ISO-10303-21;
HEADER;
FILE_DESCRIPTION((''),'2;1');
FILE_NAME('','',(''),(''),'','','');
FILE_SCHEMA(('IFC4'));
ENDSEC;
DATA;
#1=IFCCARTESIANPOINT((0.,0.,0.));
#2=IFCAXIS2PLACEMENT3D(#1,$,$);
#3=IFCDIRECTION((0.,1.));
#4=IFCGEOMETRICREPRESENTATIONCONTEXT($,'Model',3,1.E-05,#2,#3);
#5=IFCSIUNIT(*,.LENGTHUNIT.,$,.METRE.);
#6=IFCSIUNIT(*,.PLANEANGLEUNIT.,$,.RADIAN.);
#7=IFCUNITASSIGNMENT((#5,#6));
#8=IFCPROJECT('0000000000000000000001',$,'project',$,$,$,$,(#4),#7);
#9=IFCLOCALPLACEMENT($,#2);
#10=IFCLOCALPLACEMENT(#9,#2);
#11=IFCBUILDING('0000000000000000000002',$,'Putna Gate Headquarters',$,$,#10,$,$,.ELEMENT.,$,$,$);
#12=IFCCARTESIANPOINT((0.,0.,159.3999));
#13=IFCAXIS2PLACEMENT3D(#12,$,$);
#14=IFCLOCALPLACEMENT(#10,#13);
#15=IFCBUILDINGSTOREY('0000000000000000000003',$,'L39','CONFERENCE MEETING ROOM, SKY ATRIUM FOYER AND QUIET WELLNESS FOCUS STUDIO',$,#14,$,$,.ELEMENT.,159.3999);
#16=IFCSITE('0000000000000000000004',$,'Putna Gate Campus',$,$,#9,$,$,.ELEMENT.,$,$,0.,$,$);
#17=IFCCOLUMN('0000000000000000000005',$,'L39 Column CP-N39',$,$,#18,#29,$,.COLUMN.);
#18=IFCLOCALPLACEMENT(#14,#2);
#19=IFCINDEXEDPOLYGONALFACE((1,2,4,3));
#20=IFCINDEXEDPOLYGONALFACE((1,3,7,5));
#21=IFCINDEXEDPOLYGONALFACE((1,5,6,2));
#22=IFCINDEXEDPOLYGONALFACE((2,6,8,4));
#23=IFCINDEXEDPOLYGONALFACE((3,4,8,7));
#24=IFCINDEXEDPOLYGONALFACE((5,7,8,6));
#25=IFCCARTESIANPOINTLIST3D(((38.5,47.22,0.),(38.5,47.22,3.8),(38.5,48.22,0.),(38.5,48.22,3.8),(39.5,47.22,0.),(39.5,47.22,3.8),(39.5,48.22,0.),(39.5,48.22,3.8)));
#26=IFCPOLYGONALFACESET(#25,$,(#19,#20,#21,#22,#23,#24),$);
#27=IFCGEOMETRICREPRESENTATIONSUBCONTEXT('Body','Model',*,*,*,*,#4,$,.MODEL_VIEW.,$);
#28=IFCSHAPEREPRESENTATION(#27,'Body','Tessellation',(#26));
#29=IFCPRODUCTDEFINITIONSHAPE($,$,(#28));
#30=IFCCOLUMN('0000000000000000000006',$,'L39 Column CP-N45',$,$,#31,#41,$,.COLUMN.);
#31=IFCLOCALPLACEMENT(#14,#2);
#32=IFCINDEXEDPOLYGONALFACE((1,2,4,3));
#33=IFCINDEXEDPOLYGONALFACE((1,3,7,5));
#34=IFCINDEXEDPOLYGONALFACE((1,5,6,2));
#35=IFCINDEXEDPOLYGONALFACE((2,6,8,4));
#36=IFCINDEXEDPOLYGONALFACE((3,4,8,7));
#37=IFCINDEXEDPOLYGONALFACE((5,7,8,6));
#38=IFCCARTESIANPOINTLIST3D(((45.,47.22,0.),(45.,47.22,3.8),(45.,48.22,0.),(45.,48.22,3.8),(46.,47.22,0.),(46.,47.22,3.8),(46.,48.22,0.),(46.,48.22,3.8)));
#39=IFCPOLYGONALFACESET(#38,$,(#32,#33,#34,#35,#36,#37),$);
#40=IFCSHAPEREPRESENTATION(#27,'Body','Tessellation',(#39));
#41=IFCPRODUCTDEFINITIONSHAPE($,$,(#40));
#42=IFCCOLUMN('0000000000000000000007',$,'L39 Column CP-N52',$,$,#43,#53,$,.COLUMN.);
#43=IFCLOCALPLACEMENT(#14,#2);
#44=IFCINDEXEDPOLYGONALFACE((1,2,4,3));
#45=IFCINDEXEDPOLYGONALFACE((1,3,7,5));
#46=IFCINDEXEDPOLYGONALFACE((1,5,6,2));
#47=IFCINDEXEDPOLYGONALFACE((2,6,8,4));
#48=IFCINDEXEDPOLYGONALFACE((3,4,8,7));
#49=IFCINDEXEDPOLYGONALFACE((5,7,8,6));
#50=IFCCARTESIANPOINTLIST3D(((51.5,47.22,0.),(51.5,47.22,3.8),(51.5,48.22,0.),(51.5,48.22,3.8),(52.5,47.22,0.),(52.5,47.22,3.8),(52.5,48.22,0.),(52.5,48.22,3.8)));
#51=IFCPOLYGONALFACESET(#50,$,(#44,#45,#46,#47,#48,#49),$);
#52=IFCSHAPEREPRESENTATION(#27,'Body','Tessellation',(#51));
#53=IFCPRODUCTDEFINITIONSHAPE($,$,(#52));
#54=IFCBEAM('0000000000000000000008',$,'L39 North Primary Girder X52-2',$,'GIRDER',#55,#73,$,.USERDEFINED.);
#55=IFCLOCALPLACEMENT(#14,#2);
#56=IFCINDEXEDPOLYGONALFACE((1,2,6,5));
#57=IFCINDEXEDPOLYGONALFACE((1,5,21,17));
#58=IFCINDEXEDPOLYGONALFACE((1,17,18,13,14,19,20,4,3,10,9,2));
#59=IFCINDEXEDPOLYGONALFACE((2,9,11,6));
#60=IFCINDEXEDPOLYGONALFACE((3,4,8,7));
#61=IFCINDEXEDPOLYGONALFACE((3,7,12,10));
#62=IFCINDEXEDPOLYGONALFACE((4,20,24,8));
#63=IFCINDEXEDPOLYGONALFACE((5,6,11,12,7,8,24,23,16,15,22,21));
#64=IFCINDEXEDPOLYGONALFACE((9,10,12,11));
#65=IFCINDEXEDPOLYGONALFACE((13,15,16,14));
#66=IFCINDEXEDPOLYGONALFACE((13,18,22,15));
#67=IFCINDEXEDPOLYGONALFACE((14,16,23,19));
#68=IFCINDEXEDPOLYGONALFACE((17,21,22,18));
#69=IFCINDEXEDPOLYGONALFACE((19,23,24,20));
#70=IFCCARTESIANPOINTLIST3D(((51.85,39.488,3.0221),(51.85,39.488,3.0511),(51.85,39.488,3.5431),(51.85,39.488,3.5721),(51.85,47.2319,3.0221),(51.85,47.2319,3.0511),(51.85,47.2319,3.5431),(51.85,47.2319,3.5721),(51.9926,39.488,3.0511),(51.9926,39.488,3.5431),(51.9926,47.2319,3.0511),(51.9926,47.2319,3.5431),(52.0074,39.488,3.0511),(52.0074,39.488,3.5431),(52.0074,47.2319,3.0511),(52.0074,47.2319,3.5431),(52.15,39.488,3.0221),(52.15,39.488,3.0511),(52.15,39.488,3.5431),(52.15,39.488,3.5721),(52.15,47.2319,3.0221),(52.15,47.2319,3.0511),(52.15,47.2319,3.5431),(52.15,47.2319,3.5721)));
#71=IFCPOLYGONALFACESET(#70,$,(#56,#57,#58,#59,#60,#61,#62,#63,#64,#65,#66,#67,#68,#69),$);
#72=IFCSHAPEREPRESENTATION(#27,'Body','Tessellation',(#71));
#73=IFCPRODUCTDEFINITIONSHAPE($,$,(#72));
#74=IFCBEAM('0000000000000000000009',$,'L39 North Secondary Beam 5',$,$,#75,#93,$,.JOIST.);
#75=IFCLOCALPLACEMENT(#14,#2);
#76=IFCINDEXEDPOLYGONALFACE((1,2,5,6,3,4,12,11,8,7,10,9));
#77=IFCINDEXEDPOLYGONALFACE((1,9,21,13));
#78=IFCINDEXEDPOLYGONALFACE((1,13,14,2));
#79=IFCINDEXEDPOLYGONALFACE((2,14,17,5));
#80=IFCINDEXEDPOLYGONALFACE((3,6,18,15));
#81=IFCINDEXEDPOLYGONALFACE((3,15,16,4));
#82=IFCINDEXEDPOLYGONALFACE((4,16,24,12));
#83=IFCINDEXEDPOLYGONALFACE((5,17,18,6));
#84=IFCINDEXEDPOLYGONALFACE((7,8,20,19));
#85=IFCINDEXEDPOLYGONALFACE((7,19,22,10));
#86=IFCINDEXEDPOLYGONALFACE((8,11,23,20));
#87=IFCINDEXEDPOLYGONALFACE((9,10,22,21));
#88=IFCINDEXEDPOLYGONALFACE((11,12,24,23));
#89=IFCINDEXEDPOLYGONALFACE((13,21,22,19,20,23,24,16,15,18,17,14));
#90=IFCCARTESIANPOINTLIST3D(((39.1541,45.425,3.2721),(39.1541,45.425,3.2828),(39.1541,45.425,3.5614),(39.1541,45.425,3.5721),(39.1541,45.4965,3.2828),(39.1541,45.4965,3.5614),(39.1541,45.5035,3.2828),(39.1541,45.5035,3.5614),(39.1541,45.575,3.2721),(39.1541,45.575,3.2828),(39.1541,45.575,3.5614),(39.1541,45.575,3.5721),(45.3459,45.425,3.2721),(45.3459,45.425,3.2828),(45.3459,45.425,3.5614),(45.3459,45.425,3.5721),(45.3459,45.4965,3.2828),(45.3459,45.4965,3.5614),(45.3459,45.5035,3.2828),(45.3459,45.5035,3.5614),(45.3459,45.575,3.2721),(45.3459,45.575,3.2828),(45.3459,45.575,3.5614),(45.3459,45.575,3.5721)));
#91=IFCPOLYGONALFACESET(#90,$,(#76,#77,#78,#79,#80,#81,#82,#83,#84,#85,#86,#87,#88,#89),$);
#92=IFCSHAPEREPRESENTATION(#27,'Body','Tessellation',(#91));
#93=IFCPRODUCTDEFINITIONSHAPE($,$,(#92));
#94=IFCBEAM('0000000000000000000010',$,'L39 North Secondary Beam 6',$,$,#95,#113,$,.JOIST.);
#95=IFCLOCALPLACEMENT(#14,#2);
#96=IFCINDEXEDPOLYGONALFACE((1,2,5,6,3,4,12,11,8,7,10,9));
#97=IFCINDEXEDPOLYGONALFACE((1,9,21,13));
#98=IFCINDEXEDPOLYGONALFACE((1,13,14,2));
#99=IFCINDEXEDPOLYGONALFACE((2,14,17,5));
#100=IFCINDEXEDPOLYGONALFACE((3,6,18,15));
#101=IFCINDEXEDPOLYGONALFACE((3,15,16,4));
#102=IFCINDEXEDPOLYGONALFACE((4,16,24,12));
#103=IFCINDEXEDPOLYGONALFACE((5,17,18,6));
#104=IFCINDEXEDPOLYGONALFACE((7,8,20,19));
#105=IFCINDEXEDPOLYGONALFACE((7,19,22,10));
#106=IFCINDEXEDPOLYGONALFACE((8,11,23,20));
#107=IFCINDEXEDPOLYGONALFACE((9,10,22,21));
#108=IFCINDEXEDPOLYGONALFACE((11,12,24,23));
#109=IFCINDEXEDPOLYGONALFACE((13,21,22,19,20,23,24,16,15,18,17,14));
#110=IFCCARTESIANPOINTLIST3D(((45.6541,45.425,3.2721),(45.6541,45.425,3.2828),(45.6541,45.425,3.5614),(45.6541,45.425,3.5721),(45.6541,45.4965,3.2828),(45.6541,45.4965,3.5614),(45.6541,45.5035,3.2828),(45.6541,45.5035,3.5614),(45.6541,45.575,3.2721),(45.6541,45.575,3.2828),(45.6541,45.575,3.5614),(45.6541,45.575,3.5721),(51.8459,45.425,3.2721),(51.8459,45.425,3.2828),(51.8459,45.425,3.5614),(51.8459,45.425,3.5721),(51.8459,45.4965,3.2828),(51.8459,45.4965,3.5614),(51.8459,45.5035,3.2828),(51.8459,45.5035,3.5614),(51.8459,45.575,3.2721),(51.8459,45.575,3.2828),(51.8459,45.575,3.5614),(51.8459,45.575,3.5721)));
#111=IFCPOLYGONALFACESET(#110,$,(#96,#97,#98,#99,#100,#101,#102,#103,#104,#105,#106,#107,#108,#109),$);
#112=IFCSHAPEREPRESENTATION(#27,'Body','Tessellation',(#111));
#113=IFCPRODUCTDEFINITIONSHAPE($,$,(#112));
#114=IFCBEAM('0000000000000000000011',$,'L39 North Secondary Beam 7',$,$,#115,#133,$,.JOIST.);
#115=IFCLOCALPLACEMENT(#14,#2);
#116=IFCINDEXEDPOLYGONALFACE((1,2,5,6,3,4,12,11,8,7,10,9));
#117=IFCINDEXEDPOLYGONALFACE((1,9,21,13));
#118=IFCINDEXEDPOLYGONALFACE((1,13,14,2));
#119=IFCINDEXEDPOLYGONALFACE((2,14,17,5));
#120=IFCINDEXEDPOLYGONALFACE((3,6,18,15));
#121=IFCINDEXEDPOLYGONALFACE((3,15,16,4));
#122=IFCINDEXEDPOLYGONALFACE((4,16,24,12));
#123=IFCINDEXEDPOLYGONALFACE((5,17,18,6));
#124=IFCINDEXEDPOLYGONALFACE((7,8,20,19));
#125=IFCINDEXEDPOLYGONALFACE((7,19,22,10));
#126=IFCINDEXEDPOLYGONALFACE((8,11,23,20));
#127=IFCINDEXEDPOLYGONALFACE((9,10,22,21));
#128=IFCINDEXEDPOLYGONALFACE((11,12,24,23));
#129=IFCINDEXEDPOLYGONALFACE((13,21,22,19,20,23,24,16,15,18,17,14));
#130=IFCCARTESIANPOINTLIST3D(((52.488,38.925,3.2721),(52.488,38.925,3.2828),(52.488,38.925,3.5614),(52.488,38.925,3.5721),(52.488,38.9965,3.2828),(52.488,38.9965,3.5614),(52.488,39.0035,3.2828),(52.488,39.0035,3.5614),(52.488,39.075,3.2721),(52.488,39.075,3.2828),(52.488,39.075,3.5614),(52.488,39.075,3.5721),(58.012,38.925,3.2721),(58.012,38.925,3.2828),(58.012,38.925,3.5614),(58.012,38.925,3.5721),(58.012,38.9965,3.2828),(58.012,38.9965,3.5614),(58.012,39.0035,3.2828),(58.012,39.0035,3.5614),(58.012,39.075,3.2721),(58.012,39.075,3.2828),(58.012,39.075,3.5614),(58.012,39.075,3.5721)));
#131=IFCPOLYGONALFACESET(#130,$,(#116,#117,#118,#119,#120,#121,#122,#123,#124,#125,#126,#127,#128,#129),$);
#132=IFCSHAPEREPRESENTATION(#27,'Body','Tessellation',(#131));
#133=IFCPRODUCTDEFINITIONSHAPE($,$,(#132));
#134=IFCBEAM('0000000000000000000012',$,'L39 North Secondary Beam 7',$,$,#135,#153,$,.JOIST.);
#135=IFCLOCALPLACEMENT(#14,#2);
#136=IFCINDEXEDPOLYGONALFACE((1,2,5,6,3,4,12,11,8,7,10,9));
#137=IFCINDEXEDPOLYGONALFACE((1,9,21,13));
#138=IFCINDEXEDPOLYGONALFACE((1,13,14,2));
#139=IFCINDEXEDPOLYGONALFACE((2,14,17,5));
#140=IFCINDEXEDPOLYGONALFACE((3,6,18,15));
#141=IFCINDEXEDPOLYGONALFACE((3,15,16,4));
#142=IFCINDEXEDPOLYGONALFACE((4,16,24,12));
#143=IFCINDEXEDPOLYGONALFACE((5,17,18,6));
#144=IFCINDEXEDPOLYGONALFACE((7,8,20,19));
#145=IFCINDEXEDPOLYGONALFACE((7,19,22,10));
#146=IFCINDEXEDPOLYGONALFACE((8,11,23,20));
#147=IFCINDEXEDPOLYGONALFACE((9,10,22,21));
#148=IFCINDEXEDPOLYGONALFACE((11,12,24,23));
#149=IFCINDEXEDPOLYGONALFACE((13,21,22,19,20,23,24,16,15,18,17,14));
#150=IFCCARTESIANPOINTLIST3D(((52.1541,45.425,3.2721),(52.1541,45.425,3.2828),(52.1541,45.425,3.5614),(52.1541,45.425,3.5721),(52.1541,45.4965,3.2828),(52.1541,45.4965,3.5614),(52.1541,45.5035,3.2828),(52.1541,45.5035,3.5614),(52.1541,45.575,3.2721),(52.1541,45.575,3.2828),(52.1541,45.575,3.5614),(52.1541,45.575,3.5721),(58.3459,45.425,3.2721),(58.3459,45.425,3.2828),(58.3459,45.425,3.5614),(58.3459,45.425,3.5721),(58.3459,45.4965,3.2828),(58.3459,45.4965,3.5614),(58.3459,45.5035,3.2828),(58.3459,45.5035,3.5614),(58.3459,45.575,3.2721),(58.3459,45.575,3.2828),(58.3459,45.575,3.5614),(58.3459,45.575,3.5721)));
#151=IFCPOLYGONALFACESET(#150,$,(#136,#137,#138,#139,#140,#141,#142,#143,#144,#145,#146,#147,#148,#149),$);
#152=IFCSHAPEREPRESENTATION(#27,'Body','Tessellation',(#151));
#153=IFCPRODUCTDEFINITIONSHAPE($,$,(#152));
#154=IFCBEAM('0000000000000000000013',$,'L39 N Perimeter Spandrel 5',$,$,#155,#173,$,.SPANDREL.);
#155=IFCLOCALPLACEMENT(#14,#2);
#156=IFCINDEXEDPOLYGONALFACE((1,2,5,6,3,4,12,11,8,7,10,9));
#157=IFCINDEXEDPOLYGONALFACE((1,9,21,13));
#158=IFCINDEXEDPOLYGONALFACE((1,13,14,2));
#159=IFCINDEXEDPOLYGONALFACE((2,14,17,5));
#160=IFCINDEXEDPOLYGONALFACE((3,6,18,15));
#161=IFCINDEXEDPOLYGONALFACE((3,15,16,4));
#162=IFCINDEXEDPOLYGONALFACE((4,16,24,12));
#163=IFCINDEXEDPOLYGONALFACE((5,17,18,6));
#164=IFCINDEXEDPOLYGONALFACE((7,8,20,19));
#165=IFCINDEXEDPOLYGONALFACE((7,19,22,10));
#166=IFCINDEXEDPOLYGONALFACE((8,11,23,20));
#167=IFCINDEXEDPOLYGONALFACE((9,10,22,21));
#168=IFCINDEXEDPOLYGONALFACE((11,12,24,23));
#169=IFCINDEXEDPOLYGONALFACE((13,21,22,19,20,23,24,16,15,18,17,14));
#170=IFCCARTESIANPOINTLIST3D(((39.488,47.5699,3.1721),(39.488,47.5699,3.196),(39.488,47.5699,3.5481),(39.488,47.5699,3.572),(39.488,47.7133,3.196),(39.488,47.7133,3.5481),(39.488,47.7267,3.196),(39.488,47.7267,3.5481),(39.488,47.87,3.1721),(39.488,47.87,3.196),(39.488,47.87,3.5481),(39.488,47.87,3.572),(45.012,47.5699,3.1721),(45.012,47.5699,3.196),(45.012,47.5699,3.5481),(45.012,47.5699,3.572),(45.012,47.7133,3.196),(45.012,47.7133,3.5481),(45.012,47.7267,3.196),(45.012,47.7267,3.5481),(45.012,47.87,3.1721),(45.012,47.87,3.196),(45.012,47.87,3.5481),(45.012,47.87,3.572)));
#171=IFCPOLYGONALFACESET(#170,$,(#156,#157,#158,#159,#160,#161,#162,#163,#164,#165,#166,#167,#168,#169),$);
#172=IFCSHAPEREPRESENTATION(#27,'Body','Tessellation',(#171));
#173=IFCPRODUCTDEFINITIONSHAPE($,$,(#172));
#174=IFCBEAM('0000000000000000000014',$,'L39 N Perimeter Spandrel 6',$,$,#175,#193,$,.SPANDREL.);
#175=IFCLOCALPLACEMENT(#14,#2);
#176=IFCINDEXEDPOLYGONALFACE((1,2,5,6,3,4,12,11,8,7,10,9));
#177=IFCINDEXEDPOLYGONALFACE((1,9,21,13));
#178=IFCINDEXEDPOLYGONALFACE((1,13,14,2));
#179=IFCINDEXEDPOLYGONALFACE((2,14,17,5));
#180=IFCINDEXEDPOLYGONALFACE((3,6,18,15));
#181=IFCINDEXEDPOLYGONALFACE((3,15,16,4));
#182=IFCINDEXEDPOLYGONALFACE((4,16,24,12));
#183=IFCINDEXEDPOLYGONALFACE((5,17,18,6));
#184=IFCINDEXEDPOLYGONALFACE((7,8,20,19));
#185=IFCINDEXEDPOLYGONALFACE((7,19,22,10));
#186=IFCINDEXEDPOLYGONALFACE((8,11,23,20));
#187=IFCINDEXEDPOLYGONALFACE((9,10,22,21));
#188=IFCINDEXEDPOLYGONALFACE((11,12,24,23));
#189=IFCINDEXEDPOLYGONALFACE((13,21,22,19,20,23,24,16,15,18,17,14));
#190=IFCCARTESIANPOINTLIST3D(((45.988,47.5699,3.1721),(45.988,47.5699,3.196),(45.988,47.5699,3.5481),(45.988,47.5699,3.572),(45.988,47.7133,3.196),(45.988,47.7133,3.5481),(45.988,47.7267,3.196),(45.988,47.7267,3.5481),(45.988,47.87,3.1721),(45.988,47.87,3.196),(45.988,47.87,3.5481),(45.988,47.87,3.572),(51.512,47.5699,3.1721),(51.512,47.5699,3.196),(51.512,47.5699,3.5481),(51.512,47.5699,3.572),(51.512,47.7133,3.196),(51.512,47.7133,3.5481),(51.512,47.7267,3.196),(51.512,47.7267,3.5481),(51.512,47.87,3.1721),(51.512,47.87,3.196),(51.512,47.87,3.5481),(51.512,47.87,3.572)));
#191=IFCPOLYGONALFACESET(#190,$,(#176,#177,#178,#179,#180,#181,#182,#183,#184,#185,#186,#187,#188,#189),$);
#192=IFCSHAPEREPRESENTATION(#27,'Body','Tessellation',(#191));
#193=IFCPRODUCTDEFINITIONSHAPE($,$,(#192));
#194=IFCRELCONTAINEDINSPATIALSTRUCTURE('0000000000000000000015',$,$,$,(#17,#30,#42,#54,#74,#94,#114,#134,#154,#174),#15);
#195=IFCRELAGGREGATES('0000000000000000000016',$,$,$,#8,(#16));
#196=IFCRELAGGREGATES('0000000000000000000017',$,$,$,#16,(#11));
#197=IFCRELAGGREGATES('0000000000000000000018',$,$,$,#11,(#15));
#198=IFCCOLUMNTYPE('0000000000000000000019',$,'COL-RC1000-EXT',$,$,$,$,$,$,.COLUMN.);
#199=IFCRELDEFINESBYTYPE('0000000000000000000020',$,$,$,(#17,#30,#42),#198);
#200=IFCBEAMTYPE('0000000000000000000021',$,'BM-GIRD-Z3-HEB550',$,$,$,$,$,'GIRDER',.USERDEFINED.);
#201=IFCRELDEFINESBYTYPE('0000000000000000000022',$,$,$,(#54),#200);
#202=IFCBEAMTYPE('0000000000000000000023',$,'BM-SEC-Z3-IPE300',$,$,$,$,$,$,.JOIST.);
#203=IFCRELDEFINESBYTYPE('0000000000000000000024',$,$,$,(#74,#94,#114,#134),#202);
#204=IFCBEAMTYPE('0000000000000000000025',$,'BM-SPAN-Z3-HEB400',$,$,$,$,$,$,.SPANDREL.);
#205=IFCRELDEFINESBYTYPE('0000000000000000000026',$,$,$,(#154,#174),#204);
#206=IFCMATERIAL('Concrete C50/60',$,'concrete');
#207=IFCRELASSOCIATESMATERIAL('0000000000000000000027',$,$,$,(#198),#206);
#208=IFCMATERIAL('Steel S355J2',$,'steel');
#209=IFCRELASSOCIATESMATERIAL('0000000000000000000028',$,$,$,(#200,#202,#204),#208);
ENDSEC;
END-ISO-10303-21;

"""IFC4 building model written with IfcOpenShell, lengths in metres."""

from ifc_helpers import new_model, si_unit, direction, frame, origin, origin_2d, place, context, subcontext, project, spatial, rectangle, i_section, extrude, material, material_profile, profile_set, type_object, element, save


model = new_model("IFC4")

# Units and contexts
model_context = context("Model", 3, precision=1e-05, world=origin(), true_north=direction((0.0, 1.0)))
body_context = subcontext(model_context, "Body", "Model", "MODEL_VIEW")
ifc_project = project(units=[si_unit("LENGTHUNIT", "METRE"), si_unit("PLANEANGLEUNIT", "RADIAN")], contexts=[model_context])

# Site, building, storey
site_placement = place(None, origin())
site = spatial("IfcSite", under=ifc_project, at=site_placement, Name="Putna Gate Campus", CompositionType="ELEMENT", RefElevation=0.0)
building_placement = place(site_placement, origin())
building = spatial("IfcBuilding", under=site, at=building_placement, Name="Putna Gate Headquarters", CompositionType="ELEMENT")
storey_placement = place(building_placement, frame((0.0, 0.0, 159.3999)))
storey = spatial("IfcBuildingStorey", under=building, at=storey_placement, Name="L39", Description="CONFERENCE MEETING ROOM, SKY ATRIUM FOYER AND QUIET WELLNESS FOCUS STUDIO", CompositionType="ELEMENT", Elevation=159.3999)

# Columns
ifc_material_1 = material(Name="Concrete C50/60", Category="concrete")
ifc_material_profile_1 = material_profile(ifc_material_1, rectangle(XDim=1.0, YDim=1.0, at=origin_2d()), Name="Concrete C50/60")
ifc_profile_set_1 = profile_set([ifc_material_profile_1], Name="Concrete C50/60")
column_type = type_object("IfcColumnType", Name="COL-RC1000-EXT", PredefinedType="COLUMN", material=ifc_profile_set_1)
for number, where, z_axis, x_axis, name in (
    (1, (39.0, 47.72, 0.0), (0.0, 0.0, 1.0), (1.0, 0.0, 0.0), "L39 Column CP-N39"),
    (2, (45.5, 47.72, 0.0), (0.0, 0.0, 1.0), (1.0, 0.0, 0.0), "L39 Column CP-N45"),
    (3, (52.0, 47.72, 0.0), (0.0, 0.0, 1.0), (1.0, 0.0, 0.0), "L39 Column CP-N52"),
):
    element("IfcColumn", number, at=place(storey_placement, frame(where, z_axis=z_axis, x_axis=x_axis)), inside=storey, type_object=column_type, Name=name, PredefinedType="COLUMN", context=body_context, shape_type="SweptSolid", body=[
        extrude(rectangle(XDim=1.0, YDim=1.0, at=origin_2d()), origin(), (0.0, 0.0, 1.0), 3.8),
    ])

# Beams
ifc_material_2 = material(Name="Steel S355J2", Category="steel")
ifc_material_profile_2 = material_profile(ifc_material_2, i_section(OverallWidth=0.3, OverallDepth=0.55, WebThickness=0.0149, FlangeThickness=0.0291, at=origin_2d()), Name="Steel S355J2")
ifc_profile_set_2 = profile_set([ifc_material_profile_2], Name="Steel S355J2")
beam_type_1 = type_object("IfcBeamType", Name="BM-GIRD-Z3-HEB550", ElementType="GIRDER", PredefinedType="USERDEFINED", material=ifc_profile_set_2)
beam_1_placement = place(storey_placement, frame((52.0, 39.488, 3.2971), z_axis=(0.0, 1.0, 0.0), x_axis=(-1.0, 0.0, 0.0)))
element("IfcBeam", 4, at=beam_1_placement, inside=storey, type_object=beam_type_1, Name="L39 North Primary Girder X52-2", ObjectType="GIRDER", PredefinedType="USERDEFINED", context=body_context, shape_type="SweptSolid", body=[
    extrude(i_section(OverallWidth=0.3, OverallDepth=0.55, WebThickness=0.0149, FlangeThickness=0.0291, at=origin_2d()), origin(), (0.0, 0.0, 1.0), 7.7439),
])
ifc_material_profile_3 = material_profile(ifc_material_2, i_section(OverallWidth=0.1499, OverallDepth=0.3, WebThickness=0.0071, FlangeThickness=0.0107, at=origin_2d()), Name="Steel S355J2")
ifc_profile_set_3 = profile_set([ifc_material_profile_3], Name="Steel S355J2")
beam_type_2 = type_object("IfcBeamType", Name="BM-SEC-Z3-IPE300", PredefinedType="JOIST", material=ifc_profile_set_3)
for number, where, z_axis, x_axis, name in (
    (5, (39.1541, 45.5, 3.4221), (1.0, 0.0, 0.0), (0.0, 1.0, 0.0), "L39 North Secondary Beam 5"),
    (6, (45.6541, 45.5, 3.4221), (1.0, 0.0, 0.0), (0.0, 1.0, 0.0), "L39 North Secondary Beam 6"),
):
    element("IfcBeam", number, at=place(storey_placement, frame(where, z_axis=z_axis, x_axis=x_axis)), inside=storey, type_object=beam_type_2, Name=name, PredefinedType="JOIST", context=body_context, shape_type="SweptSolid", body=[
        extrude(i_section(OverallWidth=0.1499, OverallDepth=0.3, WebThickness=0.0071, FlangeThickness=0.0107, at=origin_2d()), origin(), (0.0, 0.0, 1.0), 6.1919),
    ])
beam_2_placement = place(storey_placement, frame((52.488, 39.0, 3.4221), z_axis=(1.0, 0.0, 0.0), x_axis=(0.0, 1.0, 0.0)))
element("IfcBeam", 7, at=beam_2_placement, inside=storey, type_object=beam_type_2, Name="L39 North Secondary Beam 7", PredefinedType="JOIST", context=body_context, shape_type="SweptSolid", body=[
    extrude(i_section(OverallWidth=0.1499, OverallDepth=0.3, WebThickness=0.0071, FlangeThickness=0.0107, at=origin_2d()), origin(), (0.0, 0.0, 1.0), 5.5239),
])
beam_3_placement = place(storey_placement, frame((52.1541, 45.5, 3.4221), z_axis=(1.0, 0.0, 0.0), x_axis=(0.0, 1.0, 0.0)))
element("IfcBeam", 8, at=beam_3_placement, inside=storey, type_object=beam_type_2, Name="L39 North Secondary Beam 7", PredefinedType="JOIST", context=body_context, shape_type="SweptSolid", body=[
    extrude(i_section(OverallWidth=0.1499, OverallDepth=0.3, WebThickness=0.0071, FlangeThickness=0.0107, at=origin_2d()), origin(), (0.0, 0.0, 1.0), 6.1919),
])
ifc_material_profile_4 = material_profile(ifc_material_2, i_section(OverallWidth=0.3, OverallDepth=0.3999, WebThickness=0.0134, FlangeThickness=0.0239, at=origin_2d()), Name="Steel S355J2")
ifc_profile_set_4 = profile_set([ifc_material_profile_4], Name="Steel S355J2")
beam_type_3 = type_object("IfcBeamType", Name="BM-SPAN-Z3-HEB400", PredefinedType="SPANDREL", material=ifc_profile_set_4)
for number, where, z_axis, x_axis, name in (
    (9, (39.488, 47.72, 3.3721), (1.0, 0.0, 0.0), (0.0, 1.0, 0.0), "L39 N Perimeter Spandrel 5"),
    (10, (45.988, 47.72, 3.3721), (1.0, 0.0, 0.0), (0.0, 1.0, 0.0), "L39 N Perimeter Spandrel 6"),
):
    element("IfcBeam", number, at=place(storey_placement, frame(where, z_axis=z_axis, x_axis=x_axis)), inside=storey, type_object=beam_type_3, Name=name, PredefinedType="SPANDREL", context=body_context, shape_type="SweptSolid", body=[
        extrude(i_section(OverallWidth=0.3, OverallDepth=0.3999, WebThickness=0.0134, FlangeThickness=0.0239, at=origin_2d()), origin(), (0.0, 0.0, 1.0), 5.5239),
    ])

save(model, "model.ifc")
